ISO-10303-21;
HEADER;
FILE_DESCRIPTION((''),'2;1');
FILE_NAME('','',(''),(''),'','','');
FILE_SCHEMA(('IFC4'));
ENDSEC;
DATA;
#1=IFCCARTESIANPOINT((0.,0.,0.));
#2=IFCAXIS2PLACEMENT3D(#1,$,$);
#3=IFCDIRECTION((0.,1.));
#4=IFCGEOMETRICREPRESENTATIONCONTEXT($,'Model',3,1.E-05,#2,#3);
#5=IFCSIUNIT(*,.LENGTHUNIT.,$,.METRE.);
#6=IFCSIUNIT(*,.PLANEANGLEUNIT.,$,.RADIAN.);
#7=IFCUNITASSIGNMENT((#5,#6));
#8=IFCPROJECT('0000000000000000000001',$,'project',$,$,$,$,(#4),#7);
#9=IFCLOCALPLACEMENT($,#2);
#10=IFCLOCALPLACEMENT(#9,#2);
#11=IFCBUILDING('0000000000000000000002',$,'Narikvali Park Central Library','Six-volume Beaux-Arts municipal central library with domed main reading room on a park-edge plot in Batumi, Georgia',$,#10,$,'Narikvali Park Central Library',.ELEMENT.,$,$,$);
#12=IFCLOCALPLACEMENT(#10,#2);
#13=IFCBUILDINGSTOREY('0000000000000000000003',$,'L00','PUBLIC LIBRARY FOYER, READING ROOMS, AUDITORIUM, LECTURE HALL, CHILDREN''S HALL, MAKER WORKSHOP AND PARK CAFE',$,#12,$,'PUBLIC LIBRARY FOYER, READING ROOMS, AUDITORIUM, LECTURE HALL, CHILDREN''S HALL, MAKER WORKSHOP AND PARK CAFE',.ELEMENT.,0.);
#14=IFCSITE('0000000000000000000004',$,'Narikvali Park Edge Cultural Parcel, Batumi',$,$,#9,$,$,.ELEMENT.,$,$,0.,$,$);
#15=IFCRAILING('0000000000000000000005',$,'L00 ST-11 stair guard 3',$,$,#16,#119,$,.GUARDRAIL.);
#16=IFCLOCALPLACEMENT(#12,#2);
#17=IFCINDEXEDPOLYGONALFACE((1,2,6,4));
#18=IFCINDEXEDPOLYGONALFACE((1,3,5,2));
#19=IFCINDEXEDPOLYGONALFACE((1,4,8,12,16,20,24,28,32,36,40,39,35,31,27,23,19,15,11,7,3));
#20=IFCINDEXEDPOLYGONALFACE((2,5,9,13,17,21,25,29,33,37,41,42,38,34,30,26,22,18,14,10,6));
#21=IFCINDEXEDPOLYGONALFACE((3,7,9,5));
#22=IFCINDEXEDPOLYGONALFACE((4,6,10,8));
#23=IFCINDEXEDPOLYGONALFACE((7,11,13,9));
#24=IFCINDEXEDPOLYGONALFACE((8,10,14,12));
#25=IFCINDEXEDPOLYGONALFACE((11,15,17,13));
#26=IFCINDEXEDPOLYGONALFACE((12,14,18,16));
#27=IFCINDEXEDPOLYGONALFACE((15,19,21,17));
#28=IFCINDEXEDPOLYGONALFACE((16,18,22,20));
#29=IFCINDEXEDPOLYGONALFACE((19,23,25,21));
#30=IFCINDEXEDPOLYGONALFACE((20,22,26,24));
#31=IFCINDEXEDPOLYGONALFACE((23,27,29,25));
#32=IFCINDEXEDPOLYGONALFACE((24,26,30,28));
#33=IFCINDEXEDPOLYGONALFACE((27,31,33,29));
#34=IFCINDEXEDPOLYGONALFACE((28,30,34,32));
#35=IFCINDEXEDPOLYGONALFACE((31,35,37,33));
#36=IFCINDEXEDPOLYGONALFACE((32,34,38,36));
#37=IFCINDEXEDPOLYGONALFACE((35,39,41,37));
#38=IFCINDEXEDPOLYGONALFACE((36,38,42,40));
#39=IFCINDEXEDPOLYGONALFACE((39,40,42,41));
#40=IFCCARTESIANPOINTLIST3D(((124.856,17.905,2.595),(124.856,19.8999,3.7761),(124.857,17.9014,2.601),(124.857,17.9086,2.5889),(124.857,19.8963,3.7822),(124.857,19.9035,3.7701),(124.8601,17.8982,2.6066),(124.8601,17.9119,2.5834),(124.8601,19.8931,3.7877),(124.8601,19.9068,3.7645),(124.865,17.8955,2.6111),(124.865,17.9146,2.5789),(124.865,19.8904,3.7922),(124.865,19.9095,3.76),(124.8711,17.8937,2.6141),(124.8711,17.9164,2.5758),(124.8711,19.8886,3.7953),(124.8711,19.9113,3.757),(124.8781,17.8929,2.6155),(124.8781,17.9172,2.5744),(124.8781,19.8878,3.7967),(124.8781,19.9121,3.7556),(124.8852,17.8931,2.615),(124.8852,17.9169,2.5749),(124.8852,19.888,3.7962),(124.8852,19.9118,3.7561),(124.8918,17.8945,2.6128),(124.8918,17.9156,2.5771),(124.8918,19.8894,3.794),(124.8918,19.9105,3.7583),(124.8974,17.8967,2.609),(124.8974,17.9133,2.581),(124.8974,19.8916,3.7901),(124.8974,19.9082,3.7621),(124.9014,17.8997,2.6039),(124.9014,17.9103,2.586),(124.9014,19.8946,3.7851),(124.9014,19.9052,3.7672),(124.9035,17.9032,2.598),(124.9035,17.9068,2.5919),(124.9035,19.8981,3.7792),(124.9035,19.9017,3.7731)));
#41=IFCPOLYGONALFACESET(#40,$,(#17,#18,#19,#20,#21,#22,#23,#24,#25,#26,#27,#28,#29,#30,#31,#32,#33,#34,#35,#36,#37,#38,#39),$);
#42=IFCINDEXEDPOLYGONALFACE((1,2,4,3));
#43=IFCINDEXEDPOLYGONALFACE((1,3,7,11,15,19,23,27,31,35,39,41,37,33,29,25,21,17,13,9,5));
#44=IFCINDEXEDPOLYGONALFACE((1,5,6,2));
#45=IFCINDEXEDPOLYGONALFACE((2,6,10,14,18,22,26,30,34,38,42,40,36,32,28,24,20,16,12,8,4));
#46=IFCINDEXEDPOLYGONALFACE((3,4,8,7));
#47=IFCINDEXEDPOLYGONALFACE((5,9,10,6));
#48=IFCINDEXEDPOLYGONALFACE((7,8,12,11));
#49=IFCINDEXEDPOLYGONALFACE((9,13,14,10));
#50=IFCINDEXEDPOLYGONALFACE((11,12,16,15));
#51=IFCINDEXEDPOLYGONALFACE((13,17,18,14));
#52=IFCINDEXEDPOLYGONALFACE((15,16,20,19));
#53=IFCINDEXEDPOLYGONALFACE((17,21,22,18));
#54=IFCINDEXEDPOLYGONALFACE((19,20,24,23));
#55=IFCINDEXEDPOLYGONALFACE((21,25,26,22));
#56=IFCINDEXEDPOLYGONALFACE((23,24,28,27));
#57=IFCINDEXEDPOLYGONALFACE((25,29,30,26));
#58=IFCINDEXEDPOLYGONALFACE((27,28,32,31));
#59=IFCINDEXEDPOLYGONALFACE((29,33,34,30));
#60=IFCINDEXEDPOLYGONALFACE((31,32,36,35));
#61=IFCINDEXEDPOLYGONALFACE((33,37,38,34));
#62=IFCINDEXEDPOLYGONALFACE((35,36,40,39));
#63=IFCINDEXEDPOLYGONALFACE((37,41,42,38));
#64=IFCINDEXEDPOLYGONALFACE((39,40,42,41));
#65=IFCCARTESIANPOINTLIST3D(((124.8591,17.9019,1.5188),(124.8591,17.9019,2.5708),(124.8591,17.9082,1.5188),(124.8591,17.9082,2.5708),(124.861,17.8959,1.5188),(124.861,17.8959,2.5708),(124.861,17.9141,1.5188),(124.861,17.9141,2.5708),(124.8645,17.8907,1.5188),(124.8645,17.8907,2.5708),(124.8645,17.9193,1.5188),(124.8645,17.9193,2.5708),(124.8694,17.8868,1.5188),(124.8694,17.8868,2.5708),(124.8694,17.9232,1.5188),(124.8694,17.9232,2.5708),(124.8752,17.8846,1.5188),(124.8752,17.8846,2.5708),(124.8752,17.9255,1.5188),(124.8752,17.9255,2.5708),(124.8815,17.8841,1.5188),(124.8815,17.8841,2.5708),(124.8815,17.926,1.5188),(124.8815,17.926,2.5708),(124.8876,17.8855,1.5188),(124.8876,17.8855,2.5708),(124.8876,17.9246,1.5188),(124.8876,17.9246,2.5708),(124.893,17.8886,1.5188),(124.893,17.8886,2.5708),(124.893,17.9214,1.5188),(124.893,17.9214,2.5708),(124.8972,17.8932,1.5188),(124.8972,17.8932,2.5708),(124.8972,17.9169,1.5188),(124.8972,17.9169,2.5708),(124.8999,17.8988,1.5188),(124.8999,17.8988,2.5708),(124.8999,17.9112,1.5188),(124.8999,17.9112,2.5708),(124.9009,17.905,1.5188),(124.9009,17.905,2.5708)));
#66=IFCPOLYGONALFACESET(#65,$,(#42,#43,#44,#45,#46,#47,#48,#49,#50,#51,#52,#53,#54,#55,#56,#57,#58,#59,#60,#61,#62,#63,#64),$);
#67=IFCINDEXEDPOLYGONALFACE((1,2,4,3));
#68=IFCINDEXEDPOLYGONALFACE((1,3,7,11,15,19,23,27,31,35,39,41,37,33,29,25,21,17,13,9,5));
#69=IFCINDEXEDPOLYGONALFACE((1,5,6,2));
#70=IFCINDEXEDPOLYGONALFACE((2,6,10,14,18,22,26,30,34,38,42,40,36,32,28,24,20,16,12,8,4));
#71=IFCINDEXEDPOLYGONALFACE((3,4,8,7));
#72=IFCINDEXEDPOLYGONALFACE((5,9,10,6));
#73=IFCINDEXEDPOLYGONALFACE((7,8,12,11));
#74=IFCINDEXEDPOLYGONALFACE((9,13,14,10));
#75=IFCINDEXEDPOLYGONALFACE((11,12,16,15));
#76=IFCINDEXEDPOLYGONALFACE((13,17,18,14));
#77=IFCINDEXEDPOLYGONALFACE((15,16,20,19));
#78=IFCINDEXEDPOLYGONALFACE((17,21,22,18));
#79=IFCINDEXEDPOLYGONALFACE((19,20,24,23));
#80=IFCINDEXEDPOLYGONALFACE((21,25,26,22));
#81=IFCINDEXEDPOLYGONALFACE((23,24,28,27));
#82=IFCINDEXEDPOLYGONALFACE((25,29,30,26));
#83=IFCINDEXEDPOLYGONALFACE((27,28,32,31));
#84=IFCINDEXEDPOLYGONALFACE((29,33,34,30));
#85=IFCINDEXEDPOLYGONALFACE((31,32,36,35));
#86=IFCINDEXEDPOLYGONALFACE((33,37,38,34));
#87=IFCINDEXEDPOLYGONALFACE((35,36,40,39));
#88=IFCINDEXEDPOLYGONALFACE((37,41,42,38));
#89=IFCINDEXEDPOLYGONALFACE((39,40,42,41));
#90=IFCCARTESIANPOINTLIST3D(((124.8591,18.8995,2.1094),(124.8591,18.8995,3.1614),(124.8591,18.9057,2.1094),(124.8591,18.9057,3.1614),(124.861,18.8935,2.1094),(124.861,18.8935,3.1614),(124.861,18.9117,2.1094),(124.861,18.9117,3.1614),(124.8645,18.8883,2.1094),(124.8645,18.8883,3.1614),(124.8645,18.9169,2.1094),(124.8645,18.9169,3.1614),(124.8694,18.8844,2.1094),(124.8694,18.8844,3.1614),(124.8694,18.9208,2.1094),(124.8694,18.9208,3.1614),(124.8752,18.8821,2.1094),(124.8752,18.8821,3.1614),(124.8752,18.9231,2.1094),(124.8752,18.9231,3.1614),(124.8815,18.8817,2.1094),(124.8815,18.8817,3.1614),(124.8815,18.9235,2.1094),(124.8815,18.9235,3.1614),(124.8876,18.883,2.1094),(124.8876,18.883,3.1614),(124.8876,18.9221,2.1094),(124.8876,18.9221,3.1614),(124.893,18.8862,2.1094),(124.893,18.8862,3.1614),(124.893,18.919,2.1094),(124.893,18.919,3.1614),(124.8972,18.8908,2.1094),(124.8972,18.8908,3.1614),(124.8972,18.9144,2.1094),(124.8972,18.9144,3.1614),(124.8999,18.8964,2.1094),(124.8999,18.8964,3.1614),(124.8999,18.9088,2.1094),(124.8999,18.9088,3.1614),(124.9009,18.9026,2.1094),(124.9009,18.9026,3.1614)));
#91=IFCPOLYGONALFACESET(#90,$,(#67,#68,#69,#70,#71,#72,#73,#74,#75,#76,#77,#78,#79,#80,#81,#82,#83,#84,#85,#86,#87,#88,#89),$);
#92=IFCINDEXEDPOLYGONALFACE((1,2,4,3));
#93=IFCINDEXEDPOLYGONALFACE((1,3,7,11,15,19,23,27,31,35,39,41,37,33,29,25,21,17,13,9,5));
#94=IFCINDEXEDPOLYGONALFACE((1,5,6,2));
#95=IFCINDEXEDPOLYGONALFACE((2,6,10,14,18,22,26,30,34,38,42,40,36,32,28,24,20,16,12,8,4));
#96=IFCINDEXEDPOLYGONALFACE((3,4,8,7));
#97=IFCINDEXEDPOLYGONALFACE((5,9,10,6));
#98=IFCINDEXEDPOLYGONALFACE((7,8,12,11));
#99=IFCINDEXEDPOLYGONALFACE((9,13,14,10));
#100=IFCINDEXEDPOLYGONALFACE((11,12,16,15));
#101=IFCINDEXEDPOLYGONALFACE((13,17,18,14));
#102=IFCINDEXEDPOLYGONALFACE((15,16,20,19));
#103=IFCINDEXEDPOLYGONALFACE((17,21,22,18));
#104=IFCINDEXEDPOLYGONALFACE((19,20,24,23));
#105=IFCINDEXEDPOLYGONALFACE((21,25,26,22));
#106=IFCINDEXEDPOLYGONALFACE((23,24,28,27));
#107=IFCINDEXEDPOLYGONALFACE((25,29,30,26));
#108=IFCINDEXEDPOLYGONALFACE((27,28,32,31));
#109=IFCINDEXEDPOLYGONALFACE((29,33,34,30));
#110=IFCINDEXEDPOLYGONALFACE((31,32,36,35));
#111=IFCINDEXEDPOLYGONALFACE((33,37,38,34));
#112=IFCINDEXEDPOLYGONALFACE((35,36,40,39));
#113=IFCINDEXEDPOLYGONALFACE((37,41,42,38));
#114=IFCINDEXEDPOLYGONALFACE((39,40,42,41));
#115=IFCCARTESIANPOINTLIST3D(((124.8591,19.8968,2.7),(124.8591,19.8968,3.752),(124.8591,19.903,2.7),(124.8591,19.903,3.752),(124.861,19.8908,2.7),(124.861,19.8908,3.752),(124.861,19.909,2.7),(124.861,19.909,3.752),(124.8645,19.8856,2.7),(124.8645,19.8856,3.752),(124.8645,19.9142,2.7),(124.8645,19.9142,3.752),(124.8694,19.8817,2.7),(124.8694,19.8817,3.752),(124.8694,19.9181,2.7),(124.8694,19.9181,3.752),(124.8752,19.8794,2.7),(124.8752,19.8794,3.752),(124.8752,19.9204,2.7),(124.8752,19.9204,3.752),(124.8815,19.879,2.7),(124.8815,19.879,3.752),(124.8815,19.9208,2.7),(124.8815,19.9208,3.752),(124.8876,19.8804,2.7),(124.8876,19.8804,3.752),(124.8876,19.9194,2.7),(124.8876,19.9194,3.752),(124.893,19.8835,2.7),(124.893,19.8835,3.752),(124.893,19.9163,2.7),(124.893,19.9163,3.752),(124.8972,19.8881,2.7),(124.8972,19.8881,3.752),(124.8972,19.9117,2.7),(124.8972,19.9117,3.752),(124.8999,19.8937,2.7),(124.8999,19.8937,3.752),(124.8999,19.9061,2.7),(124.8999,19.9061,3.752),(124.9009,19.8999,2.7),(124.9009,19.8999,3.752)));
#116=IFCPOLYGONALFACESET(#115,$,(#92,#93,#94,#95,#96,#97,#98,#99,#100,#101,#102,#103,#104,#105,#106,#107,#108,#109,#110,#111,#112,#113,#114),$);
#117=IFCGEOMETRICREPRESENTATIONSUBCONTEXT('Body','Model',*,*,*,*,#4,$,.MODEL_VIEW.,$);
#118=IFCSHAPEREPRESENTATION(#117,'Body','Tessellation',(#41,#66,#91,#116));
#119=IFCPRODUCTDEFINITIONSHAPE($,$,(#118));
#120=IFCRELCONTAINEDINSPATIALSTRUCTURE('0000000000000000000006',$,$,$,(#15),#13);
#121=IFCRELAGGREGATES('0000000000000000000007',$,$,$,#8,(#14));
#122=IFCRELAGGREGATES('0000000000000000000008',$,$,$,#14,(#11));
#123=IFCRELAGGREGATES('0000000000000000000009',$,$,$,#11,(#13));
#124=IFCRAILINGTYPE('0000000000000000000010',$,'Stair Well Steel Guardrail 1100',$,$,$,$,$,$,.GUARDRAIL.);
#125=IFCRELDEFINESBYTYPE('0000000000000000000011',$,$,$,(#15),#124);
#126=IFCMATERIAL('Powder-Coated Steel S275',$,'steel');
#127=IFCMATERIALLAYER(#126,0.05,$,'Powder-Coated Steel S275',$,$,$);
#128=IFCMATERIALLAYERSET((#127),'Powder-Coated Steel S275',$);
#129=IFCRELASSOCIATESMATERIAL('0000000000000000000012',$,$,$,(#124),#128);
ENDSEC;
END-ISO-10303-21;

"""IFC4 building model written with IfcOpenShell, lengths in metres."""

from ifc_helpers import new_model, si_unit, direction, frame, origin, origin_2d, place, context, subcontext, project, spatial, circle, extrude, material, layer, layer_set, type_object, element, save


model = new_model("IFC4")

# Units and contexts
model_context = context("Model", 3, precision=1e-05, world=origin(), true_north=direction((0.0, 1.0)))
body_context = subcontext(model_context, "Body", "Model", "MODEL_VIEW")
ifc_project = project(units=[si_unit("LENGTHUNIT", "METRE"), si_unit("PLANEANGLEUNIT", "RADIAN")], contexts=[model_context])

# Site, building, storey
site_placement = place(None, origin())
site = spatial("IfcSite", under=ifc_project, at=site_placement, Name="Narikvali Park Edge Cultural Parcel, Batumi", CompositionType="ELEMENT", RefElevation=0.0)
building_placement = place(site_placement, origin())
building = spatial("IfcBuilding", under=site, at=building_placement, Name="Narikvali Park Central Library", Description="Six-volume Beaux-Arts municipal central library with domed main reading room on a park-edge plot in Batumi, Georgia", LongName="Narikvali Park Central Library", CompositionType="ELEMENT")
storey_placement = place(building_placement, origin())
storey = spatial("IfcBuildingStorey", under=building, at=storey_placement, Name="L00", Description="PUBLIC LIBRARY FOYER, READING ROOMS, AUDITORIUM, LECTURE HALL, CHILDREN'S HALL, MAKER WORKSHOP AND PARK CAFE", LongName="PUBLIC LIBRARY FOYER, READING ROOMS, AUDITORIUM, LECTURE HALL, CHILDREN'S HALL, MAKER WORKSHOP AND PARK CAFE", CompositionType="ELEMENT", Elevation=0.0)

# Railing
ifc_material_1 = material(Name="Powder-Coated Steel S275", Category="steel")
ifc_layer_1 = layer(ifc_material_1, 0.05, Name="Powder-Coated Steel S275")
ifc_layer_set_1 = layer_set([ifc_layer_1], Name="Powder-Coated Steel S275")
railing_type_1 = type_object("IfcRailingType", Name="Stair Well Steel Guardrail 1100", PredefinedType="GUARDRAIL", material=ifc_layer_set_1)
railing_1_placement = place(storey_placement, frame((124.8799, 17.905, 1.5188)))
element("IfcRailing", 1, at=railing_1_placement, inside=storey, type_object=railing_type_1, Name="L00 ST-11 stair guard 3", PredefinedType="GUARDRAIL", context=body_context, shape_type="SweptSolid", body=[
    extrude(circle(Radius=0.0239, at=origin_2d()), frame((0.0, 0.0, 1.0762), z_axis=(0.0, 0.86048, 0.509485), x_axis=(-1.0, 0.0, 0.0)), (0.0, 0.0, 1.0), 2.3184),
    extrude(circle(Radius=0.021, at=origin_2d()), origin(), (0.0, 0.0, 1.0), 1.052),
    extrude(circle(Radius=0.021, at=origin_2d()), frame((0.0, 0.9976, 0.5906)), (0.0, 0.0, 1.0), 1.052),
    extrude(circle(Radius=0.021, at=origin_2d()), frame((0.0, 1.9949, 1.1812)), (0.0, 0.0, 1.0), 1.052),
])

save(model, "model.ifc")
